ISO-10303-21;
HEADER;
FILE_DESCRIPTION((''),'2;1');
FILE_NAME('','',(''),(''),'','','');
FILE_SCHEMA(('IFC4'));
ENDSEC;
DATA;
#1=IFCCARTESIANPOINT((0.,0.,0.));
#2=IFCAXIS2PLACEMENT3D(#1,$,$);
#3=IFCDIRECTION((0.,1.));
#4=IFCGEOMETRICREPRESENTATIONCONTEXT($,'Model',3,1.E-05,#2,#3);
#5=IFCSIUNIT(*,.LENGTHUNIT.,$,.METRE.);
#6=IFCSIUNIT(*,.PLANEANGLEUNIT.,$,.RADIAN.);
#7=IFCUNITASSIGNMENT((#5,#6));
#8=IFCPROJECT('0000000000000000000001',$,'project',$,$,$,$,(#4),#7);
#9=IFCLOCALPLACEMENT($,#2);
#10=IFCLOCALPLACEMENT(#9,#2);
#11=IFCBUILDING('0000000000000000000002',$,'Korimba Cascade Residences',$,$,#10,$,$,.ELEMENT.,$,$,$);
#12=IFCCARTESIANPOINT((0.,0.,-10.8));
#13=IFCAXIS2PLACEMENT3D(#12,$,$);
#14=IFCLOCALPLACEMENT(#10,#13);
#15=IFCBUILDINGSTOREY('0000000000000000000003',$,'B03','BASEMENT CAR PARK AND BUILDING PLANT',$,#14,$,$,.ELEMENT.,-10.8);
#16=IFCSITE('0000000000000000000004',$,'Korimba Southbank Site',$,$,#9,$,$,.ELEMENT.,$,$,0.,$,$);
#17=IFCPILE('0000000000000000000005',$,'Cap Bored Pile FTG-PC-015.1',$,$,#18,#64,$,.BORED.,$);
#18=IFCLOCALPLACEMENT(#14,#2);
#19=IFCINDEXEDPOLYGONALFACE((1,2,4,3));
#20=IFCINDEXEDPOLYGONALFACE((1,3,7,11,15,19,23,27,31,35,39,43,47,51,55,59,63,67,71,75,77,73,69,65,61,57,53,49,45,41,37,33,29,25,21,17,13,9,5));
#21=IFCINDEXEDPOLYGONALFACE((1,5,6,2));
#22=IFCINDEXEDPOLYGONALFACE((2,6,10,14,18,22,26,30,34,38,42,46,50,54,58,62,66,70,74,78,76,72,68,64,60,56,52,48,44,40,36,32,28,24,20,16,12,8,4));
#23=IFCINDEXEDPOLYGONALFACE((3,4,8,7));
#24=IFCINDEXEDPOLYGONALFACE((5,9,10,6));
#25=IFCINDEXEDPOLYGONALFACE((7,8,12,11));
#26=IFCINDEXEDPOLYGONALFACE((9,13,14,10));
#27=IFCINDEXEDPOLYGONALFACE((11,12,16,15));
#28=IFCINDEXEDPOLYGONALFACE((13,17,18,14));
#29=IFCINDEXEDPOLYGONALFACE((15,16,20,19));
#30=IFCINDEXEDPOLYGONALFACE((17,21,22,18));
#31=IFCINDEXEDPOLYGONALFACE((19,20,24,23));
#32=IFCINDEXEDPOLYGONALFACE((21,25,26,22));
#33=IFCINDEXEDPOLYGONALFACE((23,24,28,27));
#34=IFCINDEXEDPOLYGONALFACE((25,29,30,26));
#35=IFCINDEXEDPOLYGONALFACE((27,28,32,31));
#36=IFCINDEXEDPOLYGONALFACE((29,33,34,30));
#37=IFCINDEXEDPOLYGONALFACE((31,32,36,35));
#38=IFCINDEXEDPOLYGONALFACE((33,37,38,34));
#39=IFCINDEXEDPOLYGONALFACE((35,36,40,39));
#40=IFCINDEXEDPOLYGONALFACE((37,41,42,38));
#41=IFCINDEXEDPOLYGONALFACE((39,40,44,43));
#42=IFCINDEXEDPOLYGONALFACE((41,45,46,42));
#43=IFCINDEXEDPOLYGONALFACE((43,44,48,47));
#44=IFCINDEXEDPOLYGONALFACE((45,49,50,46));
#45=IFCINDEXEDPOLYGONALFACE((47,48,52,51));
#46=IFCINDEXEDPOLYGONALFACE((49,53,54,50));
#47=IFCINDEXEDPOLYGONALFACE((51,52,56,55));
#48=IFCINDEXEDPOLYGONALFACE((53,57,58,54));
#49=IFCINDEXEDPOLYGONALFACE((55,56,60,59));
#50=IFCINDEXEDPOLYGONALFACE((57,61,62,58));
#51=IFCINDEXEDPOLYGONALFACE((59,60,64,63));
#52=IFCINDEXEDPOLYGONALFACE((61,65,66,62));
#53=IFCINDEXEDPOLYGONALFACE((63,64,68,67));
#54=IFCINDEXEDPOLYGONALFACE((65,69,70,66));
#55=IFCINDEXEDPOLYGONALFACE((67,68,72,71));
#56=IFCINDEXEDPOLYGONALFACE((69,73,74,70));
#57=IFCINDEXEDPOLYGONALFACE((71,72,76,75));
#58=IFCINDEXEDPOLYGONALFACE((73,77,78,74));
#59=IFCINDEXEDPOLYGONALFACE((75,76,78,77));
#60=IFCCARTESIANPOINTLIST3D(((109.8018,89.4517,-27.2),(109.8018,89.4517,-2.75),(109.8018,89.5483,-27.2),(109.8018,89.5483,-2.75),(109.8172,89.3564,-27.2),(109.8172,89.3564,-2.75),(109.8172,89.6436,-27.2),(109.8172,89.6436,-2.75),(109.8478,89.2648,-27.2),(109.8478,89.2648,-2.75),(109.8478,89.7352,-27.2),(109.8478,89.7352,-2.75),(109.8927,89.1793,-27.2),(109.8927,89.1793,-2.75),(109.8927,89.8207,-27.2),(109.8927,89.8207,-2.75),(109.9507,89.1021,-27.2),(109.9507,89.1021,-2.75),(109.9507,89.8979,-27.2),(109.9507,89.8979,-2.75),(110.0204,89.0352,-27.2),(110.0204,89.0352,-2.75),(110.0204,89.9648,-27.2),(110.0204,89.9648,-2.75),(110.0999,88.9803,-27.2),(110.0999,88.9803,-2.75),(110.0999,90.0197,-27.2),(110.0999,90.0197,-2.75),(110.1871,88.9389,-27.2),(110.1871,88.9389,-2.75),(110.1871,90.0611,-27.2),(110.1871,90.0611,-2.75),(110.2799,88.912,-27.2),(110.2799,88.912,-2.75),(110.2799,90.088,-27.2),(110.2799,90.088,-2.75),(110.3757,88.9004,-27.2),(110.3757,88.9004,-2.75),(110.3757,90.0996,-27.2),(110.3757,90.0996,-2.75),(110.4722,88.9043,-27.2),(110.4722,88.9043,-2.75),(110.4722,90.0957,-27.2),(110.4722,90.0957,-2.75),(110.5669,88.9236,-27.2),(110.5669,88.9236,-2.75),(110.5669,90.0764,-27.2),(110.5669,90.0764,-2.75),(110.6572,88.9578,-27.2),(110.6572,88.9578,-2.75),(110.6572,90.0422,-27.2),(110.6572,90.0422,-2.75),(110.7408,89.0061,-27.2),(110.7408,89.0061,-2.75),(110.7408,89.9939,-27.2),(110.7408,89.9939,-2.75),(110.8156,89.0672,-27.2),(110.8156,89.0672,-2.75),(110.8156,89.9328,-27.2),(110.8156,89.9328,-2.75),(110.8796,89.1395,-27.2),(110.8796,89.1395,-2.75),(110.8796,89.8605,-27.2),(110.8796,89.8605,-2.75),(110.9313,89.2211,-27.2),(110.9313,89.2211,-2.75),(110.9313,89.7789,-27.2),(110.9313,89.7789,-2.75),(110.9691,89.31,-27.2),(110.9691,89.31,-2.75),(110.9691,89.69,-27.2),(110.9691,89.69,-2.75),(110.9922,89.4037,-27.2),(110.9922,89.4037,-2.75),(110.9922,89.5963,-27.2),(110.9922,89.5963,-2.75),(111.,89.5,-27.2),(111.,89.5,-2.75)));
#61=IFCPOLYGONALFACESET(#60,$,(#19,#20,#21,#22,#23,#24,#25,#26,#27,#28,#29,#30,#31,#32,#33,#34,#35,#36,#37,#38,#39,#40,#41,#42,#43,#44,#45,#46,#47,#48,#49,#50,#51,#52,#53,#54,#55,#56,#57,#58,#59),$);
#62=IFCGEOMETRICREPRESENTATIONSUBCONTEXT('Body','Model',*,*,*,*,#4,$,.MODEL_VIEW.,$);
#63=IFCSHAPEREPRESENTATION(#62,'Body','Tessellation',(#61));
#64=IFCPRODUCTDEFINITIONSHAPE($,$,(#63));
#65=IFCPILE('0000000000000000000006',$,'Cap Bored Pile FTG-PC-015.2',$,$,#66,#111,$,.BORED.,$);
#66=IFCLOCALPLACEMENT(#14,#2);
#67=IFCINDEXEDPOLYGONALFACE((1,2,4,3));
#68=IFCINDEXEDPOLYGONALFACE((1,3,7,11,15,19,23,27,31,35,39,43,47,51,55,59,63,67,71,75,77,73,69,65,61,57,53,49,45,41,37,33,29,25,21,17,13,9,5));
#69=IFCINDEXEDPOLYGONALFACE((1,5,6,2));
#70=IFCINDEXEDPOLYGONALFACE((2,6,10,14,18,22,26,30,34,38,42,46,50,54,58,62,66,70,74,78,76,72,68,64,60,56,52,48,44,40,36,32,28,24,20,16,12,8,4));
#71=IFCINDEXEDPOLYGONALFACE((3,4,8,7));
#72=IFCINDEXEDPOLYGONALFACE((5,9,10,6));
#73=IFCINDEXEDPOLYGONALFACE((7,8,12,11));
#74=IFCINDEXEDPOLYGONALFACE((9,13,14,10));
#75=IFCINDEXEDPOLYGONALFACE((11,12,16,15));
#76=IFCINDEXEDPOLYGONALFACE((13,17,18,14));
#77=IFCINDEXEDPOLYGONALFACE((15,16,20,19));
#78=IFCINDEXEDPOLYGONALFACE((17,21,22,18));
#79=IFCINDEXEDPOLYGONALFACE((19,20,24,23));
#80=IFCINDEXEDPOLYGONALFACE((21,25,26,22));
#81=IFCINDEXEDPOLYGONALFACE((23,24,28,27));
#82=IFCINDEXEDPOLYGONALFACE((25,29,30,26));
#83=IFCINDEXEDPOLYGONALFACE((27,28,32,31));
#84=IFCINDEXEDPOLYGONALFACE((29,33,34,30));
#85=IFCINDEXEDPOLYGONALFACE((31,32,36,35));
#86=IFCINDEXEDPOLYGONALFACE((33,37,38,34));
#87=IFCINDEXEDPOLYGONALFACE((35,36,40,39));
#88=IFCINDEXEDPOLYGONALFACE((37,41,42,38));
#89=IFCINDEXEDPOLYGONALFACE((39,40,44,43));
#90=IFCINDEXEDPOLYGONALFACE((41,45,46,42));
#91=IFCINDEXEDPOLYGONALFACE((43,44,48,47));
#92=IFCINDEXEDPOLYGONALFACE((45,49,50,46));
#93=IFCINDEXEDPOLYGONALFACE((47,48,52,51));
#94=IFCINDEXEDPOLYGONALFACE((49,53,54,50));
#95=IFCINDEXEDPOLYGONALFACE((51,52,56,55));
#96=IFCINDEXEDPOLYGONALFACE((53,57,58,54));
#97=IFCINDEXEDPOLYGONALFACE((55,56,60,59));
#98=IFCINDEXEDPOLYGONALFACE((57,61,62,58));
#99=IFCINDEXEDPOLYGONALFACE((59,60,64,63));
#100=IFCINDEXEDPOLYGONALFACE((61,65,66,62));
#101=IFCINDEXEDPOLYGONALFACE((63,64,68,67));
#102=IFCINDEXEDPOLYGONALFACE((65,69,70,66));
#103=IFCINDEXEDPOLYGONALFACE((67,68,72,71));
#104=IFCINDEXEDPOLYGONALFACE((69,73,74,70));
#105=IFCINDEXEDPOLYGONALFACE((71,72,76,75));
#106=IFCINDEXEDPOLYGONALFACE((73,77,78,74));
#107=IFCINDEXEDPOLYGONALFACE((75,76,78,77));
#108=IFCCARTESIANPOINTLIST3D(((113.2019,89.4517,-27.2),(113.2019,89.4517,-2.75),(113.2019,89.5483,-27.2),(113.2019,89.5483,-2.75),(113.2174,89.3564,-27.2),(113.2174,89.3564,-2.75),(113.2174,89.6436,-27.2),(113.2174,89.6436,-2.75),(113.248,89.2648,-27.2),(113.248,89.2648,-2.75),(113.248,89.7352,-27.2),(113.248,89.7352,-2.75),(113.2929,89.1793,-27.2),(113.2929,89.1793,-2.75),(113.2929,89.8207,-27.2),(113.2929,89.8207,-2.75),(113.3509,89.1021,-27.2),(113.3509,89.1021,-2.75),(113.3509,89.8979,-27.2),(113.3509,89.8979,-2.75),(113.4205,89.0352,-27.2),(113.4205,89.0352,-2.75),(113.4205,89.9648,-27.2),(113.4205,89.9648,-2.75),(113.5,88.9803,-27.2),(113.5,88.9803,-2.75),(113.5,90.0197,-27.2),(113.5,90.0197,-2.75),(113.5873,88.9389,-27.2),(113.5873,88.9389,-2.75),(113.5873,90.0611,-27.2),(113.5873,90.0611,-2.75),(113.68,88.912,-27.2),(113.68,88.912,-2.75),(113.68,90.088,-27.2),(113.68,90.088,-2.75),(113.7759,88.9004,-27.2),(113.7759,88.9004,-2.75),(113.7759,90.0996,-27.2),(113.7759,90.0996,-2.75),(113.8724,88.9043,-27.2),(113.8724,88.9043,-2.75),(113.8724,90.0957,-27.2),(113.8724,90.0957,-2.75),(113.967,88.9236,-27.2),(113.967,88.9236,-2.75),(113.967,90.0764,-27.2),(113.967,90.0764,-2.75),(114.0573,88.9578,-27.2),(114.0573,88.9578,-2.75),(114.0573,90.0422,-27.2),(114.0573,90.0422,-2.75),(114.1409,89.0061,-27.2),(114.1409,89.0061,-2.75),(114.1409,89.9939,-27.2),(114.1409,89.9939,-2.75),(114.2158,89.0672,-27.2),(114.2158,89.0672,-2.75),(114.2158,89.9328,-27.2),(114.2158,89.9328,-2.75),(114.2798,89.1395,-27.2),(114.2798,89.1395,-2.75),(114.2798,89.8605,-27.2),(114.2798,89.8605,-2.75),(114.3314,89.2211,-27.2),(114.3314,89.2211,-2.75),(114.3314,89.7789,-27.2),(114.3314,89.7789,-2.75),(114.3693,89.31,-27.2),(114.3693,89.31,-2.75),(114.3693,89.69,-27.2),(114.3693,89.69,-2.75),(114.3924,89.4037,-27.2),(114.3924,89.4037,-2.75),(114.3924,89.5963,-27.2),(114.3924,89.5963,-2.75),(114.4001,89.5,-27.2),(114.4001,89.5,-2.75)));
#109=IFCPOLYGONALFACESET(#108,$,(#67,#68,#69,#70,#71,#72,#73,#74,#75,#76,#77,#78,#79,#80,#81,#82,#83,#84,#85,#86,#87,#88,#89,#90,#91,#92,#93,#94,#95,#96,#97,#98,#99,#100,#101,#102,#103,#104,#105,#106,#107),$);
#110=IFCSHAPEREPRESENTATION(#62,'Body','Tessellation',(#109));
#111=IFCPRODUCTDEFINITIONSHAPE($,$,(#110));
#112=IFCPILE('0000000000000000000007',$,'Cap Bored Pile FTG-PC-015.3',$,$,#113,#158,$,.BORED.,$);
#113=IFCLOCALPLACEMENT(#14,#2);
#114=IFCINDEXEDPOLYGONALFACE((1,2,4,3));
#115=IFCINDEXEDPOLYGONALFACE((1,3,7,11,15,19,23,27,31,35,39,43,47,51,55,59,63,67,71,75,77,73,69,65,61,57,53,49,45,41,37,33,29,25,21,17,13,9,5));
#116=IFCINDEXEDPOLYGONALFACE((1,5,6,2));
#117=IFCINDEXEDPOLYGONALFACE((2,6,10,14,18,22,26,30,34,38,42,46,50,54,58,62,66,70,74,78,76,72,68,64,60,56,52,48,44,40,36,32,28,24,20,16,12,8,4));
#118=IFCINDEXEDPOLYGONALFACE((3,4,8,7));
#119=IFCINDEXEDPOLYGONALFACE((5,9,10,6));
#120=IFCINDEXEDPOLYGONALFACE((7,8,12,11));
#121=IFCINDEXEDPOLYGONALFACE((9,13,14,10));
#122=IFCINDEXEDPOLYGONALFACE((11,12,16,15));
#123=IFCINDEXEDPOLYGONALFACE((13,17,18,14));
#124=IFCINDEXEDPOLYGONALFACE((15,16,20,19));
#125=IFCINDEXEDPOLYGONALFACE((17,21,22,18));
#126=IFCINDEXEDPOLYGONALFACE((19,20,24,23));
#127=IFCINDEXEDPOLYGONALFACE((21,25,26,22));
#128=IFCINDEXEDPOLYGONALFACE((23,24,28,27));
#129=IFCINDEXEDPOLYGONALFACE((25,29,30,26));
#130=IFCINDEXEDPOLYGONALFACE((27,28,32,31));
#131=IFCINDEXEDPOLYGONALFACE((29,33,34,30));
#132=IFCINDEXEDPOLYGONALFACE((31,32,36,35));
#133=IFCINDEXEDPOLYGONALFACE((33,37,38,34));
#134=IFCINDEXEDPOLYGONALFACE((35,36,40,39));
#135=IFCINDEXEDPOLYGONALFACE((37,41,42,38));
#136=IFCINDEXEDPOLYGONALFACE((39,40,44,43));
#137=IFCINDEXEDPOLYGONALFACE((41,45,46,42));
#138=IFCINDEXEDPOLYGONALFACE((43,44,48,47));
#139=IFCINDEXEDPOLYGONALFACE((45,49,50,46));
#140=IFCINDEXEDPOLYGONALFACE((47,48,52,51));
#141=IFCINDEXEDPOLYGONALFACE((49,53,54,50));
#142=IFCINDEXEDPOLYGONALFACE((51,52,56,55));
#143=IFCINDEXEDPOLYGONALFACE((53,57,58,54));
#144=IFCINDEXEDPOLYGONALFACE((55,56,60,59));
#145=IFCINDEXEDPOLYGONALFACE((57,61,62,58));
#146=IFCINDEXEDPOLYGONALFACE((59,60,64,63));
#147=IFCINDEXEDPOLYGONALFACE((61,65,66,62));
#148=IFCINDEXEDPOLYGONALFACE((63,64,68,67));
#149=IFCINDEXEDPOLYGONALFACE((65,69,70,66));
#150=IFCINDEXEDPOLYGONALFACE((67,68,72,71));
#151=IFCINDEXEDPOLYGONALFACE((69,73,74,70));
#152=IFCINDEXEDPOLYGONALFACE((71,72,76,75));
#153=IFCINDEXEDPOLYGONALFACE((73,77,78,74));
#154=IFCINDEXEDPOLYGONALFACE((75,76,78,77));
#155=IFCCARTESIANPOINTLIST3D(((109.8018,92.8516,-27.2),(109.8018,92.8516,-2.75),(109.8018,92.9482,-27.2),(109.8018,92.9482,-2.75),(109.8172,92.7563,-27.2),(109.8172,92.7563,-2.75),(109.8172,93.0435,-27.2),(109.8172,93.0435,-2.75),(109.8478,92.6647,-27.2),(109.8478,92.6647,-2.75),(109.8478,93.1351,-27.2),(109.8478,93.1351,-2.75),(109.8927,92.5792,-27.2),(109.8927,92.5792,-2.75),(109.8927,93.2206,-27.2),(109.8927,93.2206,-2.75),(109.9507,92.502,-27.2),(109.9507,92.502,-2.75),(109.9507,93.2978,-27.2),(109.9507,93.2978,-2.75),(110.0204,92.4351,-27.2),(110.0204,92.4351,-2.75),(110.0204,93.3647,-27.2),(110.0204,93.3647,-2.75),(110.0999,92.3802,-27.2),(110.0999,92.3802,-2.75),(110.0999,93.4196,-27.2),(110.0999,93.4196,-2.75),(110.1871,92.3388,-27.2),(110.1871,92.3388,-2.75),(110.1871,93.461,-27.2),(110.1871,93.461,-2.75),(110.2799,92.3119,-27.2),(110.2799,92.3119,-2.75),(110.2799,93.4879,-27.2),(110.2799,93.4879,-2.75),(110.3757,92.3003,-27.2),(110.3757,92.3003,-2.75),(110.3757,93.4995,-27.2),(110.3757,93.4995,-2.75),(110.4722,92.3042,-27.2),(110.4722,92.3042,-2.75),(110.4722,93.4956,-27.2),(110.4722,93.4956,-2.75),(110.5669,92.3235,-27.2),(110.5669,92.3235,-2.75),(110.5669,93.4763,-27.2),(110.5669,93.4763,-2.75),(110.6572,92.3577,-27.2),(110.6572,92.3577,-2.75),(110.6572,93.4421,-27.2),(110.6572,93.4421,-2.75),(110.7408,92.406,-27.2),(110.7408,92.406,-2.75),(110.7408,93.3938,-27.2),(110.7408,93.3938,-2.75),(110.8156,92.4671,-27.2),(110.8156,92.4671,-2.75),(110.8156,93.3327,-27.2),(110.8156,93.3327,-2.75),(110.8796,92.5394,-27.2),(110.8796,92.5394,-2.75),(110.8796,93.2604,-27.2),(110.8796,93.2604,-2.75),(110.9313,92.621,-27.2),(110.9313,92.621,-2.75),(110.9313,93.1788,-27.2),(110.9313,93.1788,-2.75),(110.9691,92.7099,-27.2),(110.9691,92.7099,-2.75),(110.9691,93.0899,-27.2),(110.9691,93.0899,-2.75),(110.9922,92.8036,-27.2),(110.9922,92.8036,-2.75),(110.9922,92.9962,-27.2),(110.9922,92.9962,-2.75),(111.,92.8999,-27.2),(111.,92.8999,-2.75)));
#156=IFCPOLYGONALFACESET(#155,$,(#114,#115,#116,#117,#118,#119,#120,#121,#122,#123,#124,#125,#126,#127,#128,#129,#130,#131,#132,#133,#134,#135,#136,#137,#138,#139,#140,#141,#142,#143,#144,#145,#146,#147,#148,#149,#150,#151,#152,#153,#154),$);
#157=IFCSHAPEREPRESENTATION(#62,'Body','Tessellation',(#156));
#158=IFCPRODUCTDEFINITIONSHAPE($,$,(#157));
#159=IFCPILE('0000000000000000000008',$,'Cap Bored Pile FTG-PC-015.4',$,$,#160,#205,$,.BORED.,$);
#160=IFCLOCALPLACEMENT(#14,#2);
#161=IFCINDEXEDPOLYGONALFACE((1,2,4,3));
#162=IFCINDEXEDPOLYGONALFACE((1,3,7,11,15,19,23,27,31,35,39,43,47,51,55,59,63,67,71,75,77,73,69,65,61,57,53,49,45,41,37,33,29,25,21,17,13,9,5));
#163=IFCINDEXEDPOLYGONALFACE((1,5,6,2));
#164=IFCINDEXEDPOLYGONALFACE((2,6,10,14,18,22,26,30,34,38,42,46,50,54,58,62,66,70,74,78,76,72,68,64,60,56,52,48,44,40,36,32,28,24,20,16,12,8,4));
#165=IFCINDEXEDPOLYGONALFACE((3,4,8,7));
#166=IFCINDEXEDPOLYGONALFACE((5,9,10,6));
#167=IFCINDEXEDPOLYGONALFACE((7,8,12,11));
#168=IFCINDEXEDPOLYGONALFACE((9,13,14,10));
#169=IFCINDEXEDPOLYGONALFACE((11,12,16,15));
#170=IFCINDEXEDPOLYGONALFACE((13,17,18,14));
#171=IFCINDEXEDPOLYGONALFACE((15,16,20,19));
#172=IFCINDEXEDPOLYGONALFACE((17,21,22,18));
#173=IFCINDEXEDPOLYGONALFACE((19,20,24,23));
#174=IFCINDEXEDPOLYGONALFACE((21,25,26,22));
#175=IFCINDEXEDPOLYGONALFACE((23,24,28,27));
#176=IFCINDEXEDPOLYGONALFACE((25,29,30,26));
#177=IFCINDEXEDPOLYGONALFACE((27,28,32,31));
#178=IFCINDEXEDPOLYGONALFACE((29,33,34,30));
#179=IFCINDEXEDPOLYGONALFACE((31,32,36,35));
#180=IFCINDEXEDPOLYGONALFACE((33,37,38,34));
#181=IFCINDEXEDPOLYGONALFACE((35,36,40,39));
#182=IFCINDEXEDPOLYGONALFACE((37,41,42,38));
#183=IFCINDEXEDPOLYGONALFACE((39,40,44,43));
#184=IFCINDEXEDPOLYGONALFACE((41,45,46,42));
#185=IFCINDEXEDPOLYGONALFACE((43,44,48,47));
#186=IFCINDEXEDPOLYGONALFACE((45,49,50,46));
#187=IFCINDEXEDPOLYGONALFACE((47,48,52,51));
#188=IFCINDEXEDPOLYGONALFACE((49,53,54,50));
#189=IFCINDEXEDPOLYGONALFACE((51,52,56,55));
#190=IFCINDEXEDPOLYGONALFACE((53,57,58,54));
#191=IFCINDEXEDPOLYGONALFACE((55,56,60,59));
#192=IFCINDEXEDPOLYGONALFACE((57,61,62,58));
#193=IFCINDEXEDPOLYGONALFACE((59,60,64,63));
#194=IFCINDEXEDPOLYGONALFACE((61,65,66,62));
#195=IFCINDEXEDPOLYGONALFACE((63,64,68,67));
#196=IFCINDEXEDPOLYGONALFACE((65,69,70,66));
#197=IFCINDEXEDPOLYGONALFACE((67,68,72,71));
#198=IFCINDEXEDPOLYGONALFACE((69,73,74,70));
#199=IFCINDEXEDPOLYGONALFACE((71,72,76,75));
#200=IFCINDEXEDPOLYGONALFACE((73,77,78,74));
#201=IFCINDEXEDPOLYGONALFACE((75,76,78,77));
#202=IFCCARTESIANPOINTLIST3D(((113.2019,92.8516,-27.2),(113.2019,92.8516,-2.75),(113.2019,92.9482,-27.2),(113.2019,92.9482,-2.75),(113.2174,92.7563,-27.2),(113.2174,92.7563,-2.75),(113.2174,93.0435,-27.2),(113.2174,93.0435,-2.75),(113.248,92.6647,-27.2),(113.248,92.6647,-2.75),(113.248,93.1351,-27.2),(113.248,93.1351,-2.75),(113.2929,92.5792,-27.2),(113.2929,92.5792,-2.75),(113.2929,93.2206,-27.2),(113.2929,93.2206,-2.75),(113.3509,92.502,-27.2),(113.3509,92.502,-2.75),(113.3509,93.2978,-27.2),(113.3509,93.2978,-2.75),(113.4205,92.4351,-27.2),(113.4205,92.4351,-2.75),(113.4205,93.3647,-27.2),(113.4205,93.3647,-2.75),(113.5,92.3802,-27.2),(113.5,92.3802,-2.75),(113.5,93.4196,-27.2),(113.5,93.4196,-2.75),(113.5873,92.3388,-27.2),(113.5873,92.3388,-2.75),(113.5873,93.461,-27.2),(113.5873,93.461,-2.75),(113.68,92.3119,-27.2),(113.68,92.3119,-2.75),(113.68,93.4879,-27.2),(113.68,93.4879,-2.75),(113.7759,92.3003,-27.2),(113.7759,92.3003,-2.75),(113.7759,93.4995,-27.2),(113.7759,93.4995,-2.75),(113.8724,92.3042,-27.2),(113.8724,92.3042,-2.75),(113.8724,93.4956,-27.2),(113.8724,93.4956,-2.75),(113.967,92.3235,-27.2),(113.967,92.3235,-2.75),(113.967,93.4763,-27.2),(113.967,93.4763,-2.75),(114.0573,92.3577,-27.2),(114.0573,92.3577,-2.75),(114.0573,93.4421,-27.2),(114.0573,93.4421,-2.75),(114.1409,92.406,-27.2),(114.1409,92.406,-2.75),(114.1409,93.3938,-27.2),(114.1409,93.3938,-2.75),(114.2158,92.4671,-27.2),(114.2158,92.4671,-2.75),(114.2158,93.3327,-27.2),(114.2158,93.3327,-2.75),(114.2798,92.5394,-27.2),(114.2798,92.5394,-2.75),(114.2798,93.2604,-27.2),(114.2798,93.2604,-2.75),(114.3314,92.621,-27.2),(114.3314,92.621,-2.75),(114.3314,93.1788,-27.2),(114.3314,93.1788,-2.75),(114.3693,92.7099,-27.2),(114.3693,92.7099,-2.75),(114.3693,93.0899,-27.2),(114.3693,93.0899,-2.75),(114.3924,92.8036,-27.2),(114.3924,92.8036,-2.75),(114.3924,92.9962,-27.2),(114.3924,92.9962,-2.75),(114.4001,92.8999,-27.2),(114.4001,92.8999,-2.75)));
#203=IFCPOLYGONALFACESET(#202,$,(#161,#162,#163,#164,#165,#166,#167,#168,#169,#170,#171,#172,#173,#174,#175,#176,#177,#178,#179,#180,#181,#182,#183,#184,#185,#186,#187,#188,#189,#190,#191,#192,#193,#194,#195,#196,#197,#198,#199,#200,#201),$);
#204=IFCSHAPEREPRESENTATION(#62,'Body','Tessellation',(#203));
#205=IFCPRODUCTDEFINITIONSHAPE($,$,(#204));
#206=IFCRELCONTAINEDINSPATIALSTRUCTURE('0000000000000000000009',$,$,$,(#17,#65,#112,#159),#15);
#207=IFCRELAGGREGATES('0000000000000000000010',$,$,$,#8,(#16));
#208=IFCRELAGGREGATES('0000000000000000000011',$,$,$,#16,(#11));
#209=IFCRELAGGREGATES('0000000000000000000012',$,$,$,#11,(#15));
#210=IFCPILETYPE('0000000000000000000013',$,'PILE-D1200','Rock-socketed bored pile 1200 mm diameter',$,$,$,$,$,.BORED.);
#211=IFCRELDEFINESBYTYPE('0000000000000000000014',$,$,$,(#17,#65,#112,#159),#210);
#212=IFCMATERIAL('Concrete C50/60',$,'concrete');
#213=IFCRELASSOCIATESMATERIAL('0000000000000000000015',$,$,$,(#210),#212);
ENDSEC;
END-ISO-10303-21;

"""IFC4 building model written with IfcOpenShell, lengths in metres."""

from ifc_helpers import new_model, si_unit, direction, frame, origin, origin_2d, place, context, subcontext, project, spatial, circle, extrude, material, material_profile, profile_set, type_object, element, save


model = new_model("IFC4")

# Units and contexts
model_context = context("Model", 3, precision=1e-05, world=origin(), true_north=direction((0.0, 1.0)))
body_context = subcontext(model_context, "Body", "Model", "MODEL_VIEW")
ifc_project = project(units=[si_unit("LENGTHUNIT", "METRE"), si_unit("PLANEANGLEUNIT", "RADIAN")], contexts=[model_context])

# Site, building, storey
site_placement = place(None, origin())
site = spatial("IfcSite", under=ifc_project, at=site_placement, Name="Korimba Southbank Site", CompositionType="ELEMENT", RefElevation=0.0)
building_placement = place(site_placement, origin())
building = spatial("IfcBuilding", under=site, at=building_placement, Name="Korimba Cascade Residences", CompositionType="ELEMENT")
storey_placement = place(building_placement, frame((0.0, 0.0, -10.8)))
storey = spatial("IfcBuildingStorey", under=building, at=storey_placement, Name="B03", Description="BASEMENT CAR PARK AND BUILDING PLANT", CompositionType="ELEMENT", Elevation=-10.8)

# Piles
ifc_material_1 = material(Name="Concrete C50/60", Category="concrete")
ifc_material_profile_1 = material_profile(ifc_material_1, circle(Radius=0.6001, at=origin_2d()), Name="Concrete C50/60")
ifc_profile_set_1 = profile_set([ifc_material_profile_1], Name="Concrete C50/60")
pile_type = type_object("IfcPileType", Name="PILE-D1200", Description="Rock-socketed bored pile 1200 mm diameter", PredefinedType="BORED", material=ifc_profile_set_1)
for number, where, z_axis, x_axis, name in (
    (1, (110.3999, 89.5, -2.75), (0.0, 0.0, -1.0), (1.0, 0.0, 0.0), "Cap Bored Pile FTG-PC-015.1"),
    (2, (113.8, 89.5, -2.75), (0.0, 0.0, -1.0), (1.0, 0.0, 0.0), "Cap Bored Pile FTG-PC-015.2"),
    (3, (110.3999, 92.8999, -2.75), (0.0, 0.0, -1.0), (1.0, 0.0, 0.0), "Cap Bored Pile FTG-PC-015.3"),
    (4, (113.8, 92.8999, -2.75), (0.0, 0.0, -1.0), (1.0, 0.0, 0.0), "Cap Bored Pile FTG-PC-015.4"),
):
    element("IfcPile", number, at=place(storey_placement, frame(where, z_axis=z_axis, x_axis=x_axis)), inside=storey, type_object=pile_type, Name=name, PredefinedType="BORED", context=body_context, shape_type="SweptSolid", body=[
        extrude(circle(Radius=0.6001, at=origin_2d()), origin(), (0.0, 0.0, 1.0), 24.45),
    ])

save(model, "model.ifc")
